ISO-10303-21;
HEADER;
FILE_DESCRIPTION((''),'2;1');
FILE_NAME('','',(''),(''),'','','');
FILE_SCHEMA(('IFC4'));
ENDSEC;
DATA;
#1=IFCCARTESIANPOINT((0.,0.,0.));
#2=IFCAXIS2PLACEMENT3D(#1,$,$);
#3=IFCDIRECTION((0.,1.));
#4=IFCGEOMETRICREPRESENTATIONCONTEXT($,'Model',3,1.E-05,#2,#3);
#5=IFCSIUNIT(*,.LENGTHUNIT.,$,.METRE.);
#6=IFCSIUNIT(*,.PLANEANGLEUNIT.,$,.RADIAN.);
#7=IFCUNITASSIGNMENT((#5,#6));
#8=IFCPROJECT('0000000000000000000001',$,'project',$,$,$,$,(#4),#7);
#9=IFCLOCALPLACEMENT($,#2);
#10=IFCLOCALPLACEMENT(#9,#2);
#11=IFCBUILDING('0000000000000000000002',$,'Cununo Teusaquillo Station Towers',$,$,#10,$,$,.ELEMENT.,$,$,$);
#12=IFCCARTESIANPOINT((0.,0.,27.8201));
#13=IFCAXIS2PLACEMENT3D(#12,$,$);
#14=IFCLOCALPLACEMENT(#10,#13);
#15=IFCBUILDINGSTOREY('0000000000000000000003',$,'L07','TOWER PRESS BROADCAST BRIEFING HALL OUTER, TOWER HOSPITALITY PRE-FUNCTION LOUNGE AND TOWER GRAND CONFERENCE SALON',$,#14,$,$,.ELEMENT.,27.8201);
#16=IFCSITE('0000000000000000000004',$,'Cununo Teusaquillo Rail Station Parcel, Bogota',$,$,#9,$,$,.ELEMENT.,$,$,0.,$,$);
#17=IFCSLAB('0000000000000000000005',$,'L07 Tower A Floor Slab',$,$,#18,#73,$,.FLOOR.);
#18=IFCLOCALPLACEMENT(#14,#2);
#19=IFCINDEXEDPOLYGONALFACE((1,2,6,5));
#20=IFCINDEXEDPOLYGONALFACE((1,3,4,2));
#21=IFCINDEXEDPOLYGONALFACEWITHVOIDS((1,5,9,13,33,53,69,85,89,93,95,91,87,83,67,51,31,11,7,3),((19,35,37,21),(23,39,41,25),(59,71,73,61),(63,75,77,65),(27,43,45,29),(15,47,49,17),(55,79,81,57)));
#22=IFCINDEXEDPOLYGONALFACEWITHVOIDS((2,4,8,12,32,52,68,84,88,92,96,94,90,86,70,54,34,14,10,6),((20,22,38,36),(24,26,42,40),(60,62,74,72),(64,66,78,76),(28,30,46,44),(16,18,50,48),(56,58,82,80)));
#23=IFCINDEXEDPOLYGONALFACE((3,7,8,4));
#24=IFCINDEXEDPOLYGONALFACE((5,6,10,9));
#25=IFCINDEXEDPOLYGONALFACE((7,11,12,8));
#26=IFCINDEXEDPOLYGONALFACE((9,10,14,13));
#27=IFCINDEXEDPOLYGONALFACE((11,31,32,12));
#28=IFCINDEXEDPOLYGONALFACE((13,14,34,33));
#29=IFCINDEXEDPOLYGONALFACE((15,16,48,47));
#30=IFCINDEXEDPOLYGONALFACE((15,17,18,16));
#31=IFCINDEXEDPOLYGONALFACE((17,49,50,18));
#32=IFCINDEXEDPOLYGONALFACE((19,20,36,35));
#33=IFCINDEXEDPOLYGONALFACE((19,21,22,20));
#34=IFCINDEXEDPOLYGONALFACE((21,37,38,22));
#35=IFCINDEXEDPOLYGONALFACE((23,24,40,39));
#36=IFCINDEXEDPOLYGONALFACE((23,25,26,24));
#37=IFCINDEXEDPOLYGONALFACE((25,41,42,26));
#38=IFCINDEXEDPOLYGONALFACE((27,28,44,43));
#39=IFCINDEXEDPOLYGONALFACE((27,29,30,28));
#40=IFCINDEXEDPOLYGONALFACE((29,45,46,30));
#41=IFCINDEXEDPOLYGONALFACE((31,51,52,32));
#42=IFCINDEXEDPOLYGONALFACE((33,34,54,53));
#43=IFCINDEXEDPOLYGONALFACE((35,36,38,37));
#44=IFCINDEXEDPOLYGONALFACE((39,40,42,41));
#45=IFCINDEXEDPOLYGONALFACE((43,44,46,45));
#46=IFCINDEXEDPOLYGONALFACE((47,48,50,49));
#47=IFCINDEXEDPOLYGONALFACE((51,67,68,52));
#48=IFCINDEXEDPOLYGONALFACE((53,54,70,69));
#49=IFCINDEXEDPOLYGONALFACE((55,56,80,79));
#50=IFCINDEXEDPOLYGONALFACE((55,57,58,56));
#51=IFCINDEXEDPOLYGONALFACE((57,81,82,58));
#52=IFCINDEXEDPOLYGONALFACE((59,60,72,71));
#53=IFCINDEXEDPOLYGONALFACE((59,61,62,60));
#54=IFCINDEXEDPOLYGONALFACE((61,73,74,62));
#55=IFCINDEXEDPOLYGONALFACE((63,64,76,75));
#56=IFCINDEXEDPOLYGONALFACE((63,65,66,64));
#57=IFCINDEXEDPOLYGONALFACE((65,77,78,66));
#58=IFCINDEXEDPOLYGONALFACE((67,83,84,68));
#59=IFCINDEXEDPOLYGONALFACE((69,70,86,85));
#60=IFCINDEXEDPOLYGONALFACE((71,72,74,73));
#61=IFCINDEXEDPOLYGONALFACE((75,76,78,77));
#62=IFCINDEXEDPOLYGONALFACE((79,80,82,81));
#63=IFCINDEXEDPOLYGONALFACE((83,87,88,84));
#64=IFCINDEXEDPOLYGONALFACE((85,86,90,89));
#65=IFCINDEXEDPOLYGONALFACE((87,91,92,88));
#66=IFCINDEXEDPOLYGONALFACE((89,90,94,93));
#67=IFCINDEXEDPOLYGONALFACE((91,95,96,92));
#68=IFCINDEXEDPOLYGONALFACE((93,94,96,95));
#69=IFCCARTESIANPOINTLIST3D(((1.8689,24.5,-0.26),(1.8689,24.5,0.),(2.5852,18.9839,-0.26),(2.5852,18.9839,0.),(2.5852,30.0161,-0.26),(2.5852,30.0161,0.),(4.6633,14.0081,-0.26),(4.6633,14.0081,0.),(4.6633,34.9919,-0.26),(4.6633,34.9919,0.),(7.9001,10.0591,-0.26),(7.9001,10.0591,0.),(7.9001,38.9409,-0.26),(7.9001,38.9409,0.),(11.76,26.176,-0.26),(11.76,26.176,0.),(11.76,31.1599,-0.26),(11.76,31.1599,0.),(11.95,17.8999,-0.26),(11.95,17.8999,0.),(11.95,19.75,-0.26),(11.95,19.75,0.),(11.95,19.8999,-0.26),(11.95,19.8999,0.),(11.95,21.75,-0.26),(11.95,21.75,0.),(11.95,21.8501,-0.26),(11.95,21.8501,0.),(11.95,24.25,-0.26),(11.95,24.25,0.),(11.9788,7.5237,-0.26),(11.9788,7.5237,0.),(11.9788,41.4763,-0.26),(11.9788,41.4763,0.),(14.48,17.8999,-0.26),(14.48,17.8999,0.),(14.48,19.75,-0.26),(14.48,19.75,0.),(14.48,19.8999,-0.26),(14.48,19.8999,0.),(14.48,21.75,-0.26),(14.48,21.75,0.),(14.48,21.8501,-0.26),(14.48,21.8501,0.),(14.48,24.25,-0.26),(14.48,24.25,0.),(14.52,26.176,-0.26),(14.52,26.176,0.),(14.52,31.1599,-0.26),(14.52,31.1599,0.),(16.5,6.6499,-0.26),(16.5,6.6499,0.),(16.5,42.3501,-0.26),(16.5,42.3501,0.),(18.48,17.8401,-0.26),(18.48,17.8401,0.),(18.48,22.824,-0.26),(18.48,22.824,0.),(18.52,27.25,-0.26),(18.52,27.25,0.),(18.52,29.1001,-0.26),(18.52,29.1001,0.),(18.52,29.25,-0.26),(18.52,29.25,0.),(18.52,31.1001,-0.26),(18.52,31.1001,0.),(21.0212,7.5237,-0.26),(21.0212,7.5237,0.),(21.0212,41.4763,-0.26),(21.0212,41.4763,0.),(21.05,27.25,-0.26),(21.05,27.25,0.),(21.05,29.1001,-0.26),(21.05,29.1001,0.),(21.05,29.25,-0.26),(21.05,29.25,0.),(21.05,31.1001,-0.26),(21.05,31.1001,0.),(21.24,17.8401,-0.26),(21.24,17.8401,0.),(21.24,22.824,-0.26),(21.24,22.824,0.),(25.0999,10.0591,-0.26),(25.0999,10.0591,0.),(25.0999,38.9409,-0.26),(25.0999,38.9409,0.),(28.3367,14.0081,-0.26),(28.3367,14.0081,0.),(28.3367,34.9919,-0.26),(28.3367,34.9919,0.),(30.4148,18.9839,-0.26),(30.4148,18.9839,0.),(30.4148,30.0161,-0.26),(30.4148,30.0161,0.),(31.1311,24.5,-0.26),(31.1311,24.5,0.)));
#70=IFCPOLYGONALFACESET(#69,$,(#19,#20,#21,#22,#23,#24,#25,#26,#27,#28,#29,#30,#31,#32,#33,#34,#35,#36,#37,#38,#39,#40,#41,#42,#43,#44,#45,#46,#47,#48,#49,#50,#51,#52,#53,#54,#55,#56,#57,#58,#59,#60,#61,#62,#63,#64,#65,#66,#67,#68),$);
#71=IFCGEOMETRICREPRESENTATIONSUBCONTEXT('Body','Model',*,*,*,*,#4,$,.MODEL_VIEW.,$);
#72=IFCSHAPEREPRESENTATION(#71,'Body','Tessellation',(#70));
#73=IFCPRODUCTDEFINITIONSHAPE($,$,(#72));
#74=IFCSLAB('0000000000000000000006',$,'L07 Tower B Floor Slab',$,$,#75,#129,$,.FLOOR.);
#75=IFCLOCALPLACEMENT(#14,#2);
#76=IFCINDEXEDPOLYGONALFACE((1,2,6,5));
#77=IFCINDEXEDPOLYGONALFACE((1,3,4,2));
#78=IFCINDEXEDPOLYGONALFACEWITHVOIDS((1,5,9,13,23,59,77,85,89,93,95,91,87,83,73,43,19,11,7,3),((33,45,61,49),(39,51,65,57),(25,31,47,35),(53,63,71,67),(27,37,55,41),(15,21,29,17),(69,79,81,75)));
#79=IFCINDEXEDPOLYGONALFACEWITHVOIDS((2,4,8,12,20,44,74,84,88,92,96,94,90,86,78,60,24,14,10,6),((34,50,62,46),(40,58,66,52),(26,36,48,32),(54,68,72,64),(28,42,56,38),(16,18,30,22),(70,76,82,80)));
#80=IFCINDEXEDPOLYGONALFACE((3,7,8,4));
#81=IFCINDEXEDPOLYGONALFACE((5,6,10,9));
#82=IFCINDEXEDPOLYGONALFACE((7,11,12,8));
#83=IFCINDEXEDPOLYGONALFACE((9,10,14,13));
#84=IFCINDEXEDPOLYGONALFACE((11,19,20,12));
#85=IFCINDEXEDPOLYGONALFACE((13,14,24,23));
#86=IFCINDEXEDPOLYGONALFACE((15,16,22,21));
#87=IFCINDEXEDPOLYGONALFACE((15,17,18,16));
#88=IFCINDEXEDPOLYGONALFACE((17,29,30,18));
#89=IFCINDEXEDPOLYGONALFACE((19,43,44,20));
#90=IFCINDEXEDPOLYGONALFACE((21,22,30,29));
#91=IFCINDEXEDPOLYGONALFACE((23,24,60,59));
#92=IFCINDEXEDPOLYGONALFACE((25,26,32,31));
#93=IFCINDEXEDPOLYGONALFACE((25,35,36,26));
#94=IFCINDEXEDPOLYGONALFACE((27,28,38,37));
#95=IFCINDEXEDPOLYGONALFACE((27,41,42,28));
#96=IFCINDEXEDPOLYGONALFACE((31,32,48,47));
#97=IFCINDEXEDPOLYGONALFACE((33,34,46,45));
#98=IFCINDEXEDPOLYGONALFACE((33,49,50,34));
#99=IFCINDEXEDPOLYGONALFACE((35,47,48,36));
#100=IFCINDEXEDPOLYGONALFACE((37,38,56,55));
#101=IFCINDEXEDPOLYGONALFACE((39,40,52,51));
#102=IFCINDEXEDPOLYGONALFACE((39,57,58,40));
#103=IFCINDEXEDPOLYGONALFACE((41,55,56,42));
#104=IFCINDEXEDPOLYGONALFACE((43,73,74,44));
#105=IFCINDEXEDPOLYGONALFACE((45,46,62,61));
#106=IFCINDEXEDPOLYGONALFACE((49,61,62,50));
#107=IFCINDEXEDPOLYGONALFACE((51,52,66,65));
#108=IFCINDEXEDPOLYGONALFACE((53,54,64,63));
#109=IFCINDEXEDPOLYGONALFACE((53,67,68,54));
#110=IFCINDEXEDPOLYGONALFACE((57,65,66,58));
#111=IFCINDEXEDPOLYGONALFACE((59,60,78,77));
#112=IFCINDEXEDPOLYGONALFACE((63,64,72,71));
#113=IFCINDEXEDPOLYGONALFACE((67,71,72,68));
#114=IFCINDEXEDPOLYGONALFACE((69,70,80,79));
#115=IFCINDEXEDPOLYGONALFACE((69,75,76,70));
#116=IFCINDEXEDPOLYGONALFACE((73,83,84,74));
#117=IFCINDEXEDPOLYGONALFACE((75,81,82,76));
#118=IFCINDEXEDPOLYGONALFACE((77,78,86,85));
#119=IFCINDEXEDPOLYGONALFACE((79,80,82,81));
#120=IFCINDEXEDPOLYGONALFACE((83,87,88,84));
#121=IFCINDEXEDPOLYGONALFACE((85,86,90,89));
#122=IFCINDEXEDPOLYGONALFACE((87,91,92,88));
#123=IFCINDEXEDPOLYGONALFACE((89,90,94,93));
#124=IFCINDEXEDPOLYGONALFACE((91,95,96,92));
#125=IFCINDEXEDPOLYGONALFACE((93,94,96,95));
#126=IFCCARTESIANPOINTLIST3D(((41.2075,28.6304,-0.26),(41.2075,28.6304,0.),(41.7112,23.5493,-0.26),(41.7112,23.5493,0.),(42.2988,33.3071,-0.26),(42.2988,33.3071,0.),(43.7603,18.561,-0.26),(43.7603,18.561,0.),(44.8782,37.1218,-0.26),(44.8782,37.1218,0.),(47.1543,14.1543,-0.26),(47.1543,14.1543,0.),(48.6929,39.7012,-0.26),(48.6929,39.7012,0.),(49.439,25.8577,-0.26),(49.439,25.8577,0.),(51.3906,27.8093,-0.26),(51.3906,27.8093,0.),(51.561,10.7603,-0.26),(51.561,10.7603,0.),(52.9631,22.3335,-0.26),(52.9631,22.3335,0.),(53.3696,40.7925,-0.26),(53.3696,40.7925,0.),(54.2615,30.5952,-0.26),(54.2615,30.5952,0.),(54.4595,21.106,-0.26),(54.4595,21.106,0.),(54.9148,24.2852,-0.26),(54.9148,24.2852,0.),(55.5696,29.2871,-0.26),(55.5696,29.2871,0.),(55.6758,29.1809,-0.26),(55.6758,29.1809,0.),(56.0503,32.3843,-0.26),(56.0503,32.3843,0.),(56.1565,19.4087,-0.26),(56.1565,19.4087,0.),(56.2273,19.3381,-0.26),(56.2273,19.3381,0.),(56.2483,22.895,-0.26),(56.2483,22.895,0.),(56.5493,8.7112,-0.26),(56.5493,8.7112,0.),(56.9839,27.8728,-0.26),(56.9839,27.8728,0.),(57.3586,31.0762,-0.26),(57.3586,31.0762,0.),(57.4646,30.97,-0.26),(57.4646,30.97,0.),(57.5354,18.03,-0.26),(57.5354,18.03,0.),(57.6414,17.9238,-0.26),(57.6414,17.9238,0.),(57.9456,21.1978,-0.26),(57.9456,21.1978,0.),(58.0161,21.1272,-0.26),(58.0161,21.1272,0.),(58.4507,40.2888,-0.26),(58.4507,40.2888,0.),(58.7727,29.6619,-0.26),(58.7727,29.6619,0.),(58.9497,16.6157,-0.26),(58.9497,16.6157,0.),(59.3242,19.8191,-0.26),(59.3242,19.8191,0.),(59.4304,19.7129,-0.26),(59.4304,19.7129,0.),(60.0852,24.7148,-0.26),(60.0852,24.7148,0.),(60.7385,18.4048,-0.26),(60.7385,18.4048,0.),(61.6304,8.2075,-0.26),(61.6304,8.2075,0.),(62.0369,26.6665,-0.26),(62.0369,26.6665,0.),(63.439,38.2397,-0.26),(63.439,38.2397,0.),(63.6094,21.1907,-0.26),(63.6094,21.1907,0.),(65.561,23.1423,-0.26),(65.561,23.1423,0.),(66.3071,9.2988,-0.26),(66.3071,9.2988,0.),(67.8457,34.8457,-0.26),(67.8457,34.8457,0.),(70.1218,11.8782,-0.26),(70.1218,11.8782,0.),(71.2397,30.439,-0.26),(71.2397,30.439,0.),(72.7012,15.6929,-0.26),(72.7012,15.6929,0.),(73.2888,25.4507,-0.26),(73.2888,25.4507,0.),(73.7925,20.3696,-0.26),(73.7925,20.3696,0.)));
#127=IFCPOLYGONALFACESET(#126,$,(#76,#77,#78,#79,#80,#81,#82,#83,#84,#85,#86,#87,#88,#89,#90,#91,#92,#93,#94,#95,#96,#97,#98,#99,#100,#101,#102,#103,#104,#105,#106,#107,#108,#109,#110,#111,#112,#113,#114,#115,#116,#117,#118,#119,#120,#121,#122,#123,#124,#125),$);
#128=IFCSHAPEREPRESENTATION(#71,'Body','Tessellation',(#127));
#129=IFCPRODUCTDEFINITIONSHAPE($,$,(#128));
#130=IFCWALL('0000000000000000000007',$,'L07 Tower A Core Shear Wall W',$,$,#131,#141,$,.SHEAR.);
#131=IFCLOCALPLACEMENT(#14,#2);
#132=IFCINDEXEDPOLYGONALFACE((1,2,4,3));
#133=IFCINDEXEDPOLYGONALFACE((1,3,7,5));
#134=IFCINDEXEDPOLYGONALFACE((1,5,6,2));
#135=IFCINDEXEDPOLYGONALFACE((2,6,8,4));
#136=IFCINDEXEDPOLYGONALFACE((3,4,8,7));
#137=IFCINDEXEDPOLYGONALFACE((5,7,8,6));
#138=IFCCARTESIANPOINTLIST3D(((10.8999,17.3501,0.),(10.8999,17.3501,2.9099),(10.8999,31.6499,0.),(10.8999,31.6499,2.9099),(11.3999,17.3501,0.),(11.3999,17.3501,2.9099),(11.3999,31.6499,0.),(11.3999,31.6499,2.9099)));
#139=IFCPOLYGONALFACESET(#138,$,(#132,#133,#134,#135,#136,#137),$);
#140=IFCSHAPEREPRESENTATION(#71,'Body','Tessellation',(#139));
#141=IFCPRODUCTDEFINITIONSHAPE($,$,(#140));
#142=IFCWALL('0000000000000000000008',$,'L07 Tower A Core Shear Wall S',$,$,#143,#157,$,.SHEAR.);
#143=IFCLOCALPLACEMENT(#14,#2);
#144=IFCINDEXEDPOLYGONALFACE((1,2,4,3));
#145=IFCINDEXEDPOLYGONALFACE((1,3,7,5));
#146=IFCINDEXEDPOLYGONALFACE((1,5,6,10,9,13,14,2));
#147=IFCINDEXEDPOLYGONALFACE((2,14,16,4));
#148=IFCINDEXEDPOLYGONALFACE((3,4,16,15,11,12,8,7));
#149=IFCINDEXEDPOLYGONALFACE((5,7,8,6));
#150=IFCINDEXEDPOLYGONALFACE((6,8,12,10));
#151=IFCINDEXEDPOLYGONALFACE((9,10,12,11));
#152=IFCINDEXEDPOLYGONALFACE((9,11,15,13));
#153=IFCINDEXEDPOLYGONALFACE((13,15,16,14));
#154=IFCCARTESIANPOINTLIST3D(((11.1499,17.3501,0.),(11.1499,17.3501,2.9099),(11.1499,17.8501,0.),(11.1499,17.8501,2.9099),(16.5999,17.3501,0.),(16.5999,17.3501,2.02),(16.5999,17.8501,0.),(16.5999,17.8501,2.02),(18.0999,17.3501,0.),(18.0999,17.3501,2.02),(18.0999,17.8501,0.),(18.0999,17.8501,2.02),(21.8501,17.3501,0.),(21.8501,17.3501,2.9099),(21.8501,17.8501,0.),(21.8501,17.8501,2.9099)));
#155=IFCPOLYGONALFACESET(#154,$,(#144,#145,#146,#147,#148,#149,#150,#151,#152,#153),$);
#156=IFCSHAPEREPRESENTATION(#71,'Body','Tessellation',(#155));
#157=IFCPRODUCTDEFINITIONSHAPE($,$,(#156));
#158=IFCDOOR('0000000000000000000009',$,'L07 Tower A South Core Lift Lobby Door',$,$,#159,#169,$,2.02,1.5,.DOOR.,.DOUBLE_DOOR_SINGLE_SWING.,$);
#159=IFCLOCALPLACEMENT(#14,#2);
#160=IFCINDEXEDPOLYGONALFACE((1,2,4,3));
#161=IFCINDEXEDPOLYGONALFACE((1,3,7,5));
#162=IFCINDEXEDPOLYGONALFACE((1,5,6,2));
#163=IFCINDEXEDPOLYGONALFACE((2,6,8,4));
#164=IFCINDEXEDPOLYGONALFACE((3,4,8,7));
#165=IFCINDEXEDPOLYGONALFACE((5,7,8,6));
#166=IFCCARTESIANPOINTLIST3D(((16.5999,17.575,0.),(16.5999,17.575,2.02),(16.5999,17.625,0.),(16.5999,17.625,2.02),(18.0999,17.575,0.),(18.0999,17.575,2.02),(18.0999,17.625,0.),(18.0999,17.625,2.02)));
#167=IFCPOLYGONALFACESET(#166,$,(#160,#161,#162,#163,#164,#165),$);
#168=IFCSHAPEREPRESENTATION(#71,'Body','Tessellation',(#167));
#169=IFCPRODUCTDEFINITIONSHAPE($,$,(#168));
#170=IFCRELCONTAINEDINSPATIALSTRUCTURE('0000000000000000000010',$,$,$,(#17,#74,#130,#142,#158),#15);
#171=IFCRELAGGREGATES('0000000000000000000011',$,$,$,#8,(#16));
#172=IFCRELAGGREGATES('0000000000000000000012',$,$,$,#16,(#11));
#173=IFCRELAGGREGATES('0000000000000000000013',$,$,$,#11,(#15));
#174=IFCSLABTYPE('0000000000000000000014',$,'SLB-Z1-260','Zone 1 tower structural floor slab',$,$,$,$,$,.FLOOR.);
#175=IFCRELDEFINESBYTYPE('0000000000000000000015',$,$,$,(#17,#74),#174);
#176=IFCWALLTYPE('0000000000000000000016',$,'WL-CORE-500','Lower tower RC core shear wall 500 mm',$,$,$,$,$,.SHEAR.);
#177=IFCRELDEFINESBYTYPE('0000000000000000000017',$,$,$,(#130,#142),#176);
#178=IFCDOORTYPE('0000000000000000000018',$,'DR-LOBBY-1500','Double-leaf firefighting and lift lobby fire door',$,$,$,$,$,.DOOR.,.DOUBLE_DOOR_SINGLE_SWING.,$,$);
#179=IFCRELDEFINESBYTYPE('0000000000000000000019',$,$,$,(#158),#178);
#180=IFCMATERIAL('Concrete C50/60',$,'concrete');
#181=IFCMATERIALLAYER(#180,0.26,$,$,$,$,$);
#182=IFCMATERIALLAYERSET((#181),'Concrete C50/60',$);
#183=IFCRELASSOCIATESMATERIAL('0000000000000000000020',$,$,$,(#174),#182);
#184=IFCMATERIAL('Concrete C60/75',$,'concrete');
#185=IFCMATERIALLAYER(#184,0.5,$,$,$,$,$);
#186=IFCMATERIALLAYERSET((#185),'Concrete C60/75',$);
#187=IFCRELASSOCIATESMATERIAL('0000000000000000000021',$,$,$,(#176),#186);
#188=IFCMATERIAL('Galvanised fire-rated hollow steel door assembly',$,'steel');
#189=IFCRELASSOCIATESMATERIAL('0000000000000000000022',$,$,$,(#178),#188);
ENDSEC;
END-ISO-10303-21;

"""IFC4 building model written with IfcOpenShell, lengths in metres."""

from ifc_helpers import new_model, si_unit, direction, frame, frame_2d, origin, place, context, subcontext, project, spatial, polyline, rectangle, outline, extrude, source, transform, mapped, material, layer, layer_set, type_object, element, fill, save


model = new_model("IFC4")

# Units and contexts
model_context = context("Model", 3, precision=1e-05, world=origin(), true_north=direction((0.0, 1.0)))
body_context = subcontext(model_context, "Body", "Model", "MODEL_VIEW")
ifc_project = project(units=[si_unit("LENGTHUNIT", "METRE"), si_unit("PLANEANGLEUNIT", "RADIAN")], contexts=[model_context])

# Site, building, storey
site_placement = place(None, origin())
site = spatial("IfcSite", under=ifc_project, at=site_placement, Name="Cununo Teusaquillo Rail Station Parcel, Bogota", CompositionType="ELEMENT", RefElevation=0.0)
building_placement = place(site_placement, origin())
building = spatial("IfcBuilding", under=site, at=building_placement, Name="Cununo Teusaquillo Station Towers", CompositionType="ELEMENT")
storey_placement = place(building_placement, frame((0.0, 0.0, 27.8201)))
storey = spatial("IfcBuildingStorey", under=building, at=storey_placement, Name="L07", Description="TOWER PRESS BROADCAST BRIEFING HALL OUTER, TOWER HOSPITALITY PRE-FUNCTION LOUNGE AND TOWER GRAND CONFERENCE SALON", CompositionType="ELEMENT", Elevation=27.8201)

# Slabs
ifc_material_1 = material(Name="Concrete C50/60", Category="concrete")
ifc_layer_1 = layer(ifc_material_1, 0.26)
ifc_layer_set_1 = layer_set([ifc_layer_1], Name="Concrete C50/60")
slab_type_1 = type_object("IfcSlabType", Name="SLB-Z1-260", Description="Zone 1 tower structural floor slab", PredefinedType="FLOOR", material=ifc_layer_set_1)
slab_1_placement = place(storey_placement, frame((0.0, 0.0, -0.26)))
element("IfcSlab", 1, at=slab_1_placement, inside=storey, type_object=slab_type_1, Name="L07 Tower A Floor Slab", PredefinedType="FLOOR", context=body_context, shape_type="SweptSolid", body=[
    extrude(outline(polyline([(31.1311, 24.5), (30.4148, 30.0161), (28.3367, 34.9919), (25.0999, 38.9409), (21.0212, 41.4763), (16.5, 42.3501), (11.9788, 41.4763), (7.9001, 38.9409), (4.6633, 34.9919), (2.5852, 30.0161), (1.8689, 24.5), (2.5852, 18.9839), (4.6633, 14.0081), (7.9001, 10.0591), (11.9788, 7.5237), (16.5, 6.6499), (21.0212, 7.5237), (25.0999, 10.0591), (28.3367, 14.0081), (30.4148, 18.9839), (31.1311, 24.5)]), holes=[polyline([(14.52, 26.176), (14.52, 31.1599), (11.76, 31.1599), (11.76, 26.176), (14.52, 26.176)]), polyline([(18.48, 22.824), (18.48, 17.8401), (21.24, 17.8401), (21.24, 22.824), (18.48, 22.824)]), polyline([(11.95, 21.8501), (14.48, 21.8501), (14.48, 24.25), (11.95, 24.25), (11.95, 21.8501)]), polyline([(11.95, 17.8999), (14.48, 17.8999), (14.48, 19.75), (11.95, 19.75), (11.95, 17.8999)]), polyline([(11.95, 19.8999), (14.48, 19.8999), (14.48, 21.75), (11.95, 21.75), (11.95, 19.8999)]), polyline([(18.52, 27.25), (21.05, 27.25), (21.05, 29.1001), (18.52, 29.1001), (18.52, 27.25)]), polyline([(18.52, 29.25), (21.05, 29.25), (21.05, 31.1001), (18.52, 31.1001), (18.52, 29.25)])]), origin(), (0.0, 0.0, 1.0), 0.26),
])
slab_2_placement = place(storey_placement, frame((0.0, 0.0, -0.26)))
element("IfcSlab", 2, at=slab_2_placement, inside=storey, type_object=slab_type_1, Name="L07 Tower B Floor Slab", PredefinedType="FLOOR", context=body_context, shape_type="SweptSolid", body=[
    extrude(outline(polyline([(67.8457, 34.8457), (63.439, 38.2397), (58.4507, 40.2888), (53.3696, 40.7925), (48.6929, 39.7012), (44.8782, 37.1218), (42.2988, 33.3071), (41.2075, 28.6304), (41.7112, 23.5493), (43.7603, 18.561), (47.1543, 14.1543), (51.561, 10.7603), (56.5493, 8.7112), (61.6304, 8.2075), (66.3071, 9.2988), (70.1218, 11.8782), (72.7012, 15.6929), (73.7925, 20.3696), (73.2888, 25.4507), (71.2397, 30.439), (67.8457, 34.8457)]), holes=[polyline([(54.9148, 24.2852), (51.3906, 27.8093), (49.439, 25.8577), (52.9631, 22.3335), (54.9148, 24.2852)]), polyline([(60.0852, 24.7148), (63.6094, 21.1907), (65.561, 23.1423), (62.0369, 26.6665), (60.0852, 24.7148)]), polyline([(56.1565, 19.4087), (57.9456, 21.1978), (56.2483, 22.895), (54.4595, 21.106), (56.1565, 19.4087)]), polyline([(58.9497, 16.6157), (60.7385, 18.4048), (59.4304, 19.7129), (57.6414, 17.9238), (58.9497, 16.6157)]), polyline([(57.5354, 18.03), (59.3242, 19.8191), (58.0161, 21.1272), (56.2273, 19.3381), (57.5354, 18.03)]), polyline([(56.9839, 27.8728), (58.7727, 29.6619), (57.4646, 30.97), (55.6758, 29.1809), (56.9839, 27.8728)]), polyline([(55.5696, 29.2871), (57.3586, 31.0762), (56.0503, 32.3843), (54.2615, 30.5952), (55.5696, 29.2871)])]), origin(), (0.0, 0.0, 1.0), 0.26),
])

# Wall
ifc_material_2 = material(Name="Concrete C60/75", Category="concrete")
ifc_layer_2 = layer(ifc_material_2, 0.5)
ifc_layer_set_2 = layer_set([ifc_layer_2], Name="Concrete C60/75")
wall_type_1 = type_object("IfcWallType", Name="WL-CORE-500", Description="Lower tower RC core shear wall 500 mm", PredefinedType="SHEAR", material=ifc_layer_set_2)
wall_1_placement = place(storey_placement, frame((11.1499, 17.3501, 0.0), z_axis=(0.0, 0.0, 1.0), x_axis=(0.0, 1.0, 0.0)))
element("IfcWall", 3, at=wall_1_placement, inside=storey, type_object=wall_type_1, Name="L07 Tower A Core Shear Wall W", PredefinedType="SHEAR", context=body_context, shape_type="SweptSolid", body=[
    extrude(rectangle(XDim=14.2998, YDim=0.5, at=frame_2d((7.1499, 0.0))), origin(), (0.0, 0.0, 1.0), 2.9099),
])

# Wall, opening, door
wall_2_placement = place(storey_placement, frame((11.1499, 17.6001, 0.0), z_axis=(0.0, 0.0, 1.0), x_axis=(1.0, 0.0, 0.0)))
wall_2 = element("IfcWall", 4, at=wall_2_placement, inside=storey, type_object=wall_type_1, Name="L07 Tower A Core Shear Wall S", PredefinedType="SHEAR", context=body_context, shape_type="SweptSolid", body=[
    extrude(rectangle(XDim=10.7002, YDim=0.5, at=frame_2d((5.3501, 0.0))), origin(), (0.0, 0.0, 1.0), 2.9099),
])
shared_shape_1 = source(origin(), body_context, "Body", "SweptSolid", [
    extrude(rectangle(XDim=1.5, YDim=2.02, at=frame_2d((0.75, 1.01))), frame((0.0, 0.26, 0.0), z_axis=(0.0, -1.0, 0.0), x_axis=(1.0, 0.0, 0.0)), (0.0, 0.0, 1.0), 0.52),
])
opening_1_placement = place(wall_2_placement, frame((5.45, 0.0, 0.0)))
opening_1 = element("IfcOpeningElement", 5, at=opening_1_placement, cuts=wall_2, PredefinedType="OPENING", context=body_context, shape_type="MappedRepresentation", body=[
    mapped(shared_shape_1, transform((0.0, 0.0, 0.0), x_axis=(1.0, 0.0, 0.0), y_axis=(0.0, 1.0, 0.0), z_axis=(0.0, 0.0, 1.0), scale=1.0)),
])
ifc_material_3 = material(Name="Galvanised fire-rated hollow steel door assembly", Category="steel")
door_type_1 = type_object("IfcDoorType", Name="DR-LOBBY-1500", Description="Double-leaf firefighting and lift lobby fire door", OperationType="DOUBLE_DOOR_SINGLE_SWING", PredefinedType="DOOR", material=ifc_material_3)
shared_shape_2 = source(origin(), body_context, "Body", "SweptSolid", [
    extrude(rectangle(XDim=1.5, YDim=2.02, at=frame_2d((0.75, 1.01))), frame((0.0, 0.0249, 0.0), z_axis=(0.0, -1.0, 0.0), x_axis=(1.0, 0.0, 0.0)), (0.0, 0.0, 1.0), 0.05),
])
door_1_placement = place(opening_1_placement, origin())
door_1 = element("IfcDoor", 6, at=door_1_placement, inside=storey, type_object=door_type_1, Name="L07 Tower A South Core Lift Lobby Door", OperationType="DOUBLE_DOOR_SINGLE_SWING", OverallHeight=2.02, OverallWidth=1.5, PredefinedType="DOOR", context=body_context, shape_type="MappedRepresentation", body=[
    mapped(shared_shape_2, transform((0.0, 0.0, 0.0), x_axis=(1.0, 0.0, 0.0), y_axis=(0.0, 1.0, 0.0), z_axis=(0.0, 0.0, 1.0), scale=1.0)),
])
fill(opening_1, door_1)

save(model, "model.ifc")
